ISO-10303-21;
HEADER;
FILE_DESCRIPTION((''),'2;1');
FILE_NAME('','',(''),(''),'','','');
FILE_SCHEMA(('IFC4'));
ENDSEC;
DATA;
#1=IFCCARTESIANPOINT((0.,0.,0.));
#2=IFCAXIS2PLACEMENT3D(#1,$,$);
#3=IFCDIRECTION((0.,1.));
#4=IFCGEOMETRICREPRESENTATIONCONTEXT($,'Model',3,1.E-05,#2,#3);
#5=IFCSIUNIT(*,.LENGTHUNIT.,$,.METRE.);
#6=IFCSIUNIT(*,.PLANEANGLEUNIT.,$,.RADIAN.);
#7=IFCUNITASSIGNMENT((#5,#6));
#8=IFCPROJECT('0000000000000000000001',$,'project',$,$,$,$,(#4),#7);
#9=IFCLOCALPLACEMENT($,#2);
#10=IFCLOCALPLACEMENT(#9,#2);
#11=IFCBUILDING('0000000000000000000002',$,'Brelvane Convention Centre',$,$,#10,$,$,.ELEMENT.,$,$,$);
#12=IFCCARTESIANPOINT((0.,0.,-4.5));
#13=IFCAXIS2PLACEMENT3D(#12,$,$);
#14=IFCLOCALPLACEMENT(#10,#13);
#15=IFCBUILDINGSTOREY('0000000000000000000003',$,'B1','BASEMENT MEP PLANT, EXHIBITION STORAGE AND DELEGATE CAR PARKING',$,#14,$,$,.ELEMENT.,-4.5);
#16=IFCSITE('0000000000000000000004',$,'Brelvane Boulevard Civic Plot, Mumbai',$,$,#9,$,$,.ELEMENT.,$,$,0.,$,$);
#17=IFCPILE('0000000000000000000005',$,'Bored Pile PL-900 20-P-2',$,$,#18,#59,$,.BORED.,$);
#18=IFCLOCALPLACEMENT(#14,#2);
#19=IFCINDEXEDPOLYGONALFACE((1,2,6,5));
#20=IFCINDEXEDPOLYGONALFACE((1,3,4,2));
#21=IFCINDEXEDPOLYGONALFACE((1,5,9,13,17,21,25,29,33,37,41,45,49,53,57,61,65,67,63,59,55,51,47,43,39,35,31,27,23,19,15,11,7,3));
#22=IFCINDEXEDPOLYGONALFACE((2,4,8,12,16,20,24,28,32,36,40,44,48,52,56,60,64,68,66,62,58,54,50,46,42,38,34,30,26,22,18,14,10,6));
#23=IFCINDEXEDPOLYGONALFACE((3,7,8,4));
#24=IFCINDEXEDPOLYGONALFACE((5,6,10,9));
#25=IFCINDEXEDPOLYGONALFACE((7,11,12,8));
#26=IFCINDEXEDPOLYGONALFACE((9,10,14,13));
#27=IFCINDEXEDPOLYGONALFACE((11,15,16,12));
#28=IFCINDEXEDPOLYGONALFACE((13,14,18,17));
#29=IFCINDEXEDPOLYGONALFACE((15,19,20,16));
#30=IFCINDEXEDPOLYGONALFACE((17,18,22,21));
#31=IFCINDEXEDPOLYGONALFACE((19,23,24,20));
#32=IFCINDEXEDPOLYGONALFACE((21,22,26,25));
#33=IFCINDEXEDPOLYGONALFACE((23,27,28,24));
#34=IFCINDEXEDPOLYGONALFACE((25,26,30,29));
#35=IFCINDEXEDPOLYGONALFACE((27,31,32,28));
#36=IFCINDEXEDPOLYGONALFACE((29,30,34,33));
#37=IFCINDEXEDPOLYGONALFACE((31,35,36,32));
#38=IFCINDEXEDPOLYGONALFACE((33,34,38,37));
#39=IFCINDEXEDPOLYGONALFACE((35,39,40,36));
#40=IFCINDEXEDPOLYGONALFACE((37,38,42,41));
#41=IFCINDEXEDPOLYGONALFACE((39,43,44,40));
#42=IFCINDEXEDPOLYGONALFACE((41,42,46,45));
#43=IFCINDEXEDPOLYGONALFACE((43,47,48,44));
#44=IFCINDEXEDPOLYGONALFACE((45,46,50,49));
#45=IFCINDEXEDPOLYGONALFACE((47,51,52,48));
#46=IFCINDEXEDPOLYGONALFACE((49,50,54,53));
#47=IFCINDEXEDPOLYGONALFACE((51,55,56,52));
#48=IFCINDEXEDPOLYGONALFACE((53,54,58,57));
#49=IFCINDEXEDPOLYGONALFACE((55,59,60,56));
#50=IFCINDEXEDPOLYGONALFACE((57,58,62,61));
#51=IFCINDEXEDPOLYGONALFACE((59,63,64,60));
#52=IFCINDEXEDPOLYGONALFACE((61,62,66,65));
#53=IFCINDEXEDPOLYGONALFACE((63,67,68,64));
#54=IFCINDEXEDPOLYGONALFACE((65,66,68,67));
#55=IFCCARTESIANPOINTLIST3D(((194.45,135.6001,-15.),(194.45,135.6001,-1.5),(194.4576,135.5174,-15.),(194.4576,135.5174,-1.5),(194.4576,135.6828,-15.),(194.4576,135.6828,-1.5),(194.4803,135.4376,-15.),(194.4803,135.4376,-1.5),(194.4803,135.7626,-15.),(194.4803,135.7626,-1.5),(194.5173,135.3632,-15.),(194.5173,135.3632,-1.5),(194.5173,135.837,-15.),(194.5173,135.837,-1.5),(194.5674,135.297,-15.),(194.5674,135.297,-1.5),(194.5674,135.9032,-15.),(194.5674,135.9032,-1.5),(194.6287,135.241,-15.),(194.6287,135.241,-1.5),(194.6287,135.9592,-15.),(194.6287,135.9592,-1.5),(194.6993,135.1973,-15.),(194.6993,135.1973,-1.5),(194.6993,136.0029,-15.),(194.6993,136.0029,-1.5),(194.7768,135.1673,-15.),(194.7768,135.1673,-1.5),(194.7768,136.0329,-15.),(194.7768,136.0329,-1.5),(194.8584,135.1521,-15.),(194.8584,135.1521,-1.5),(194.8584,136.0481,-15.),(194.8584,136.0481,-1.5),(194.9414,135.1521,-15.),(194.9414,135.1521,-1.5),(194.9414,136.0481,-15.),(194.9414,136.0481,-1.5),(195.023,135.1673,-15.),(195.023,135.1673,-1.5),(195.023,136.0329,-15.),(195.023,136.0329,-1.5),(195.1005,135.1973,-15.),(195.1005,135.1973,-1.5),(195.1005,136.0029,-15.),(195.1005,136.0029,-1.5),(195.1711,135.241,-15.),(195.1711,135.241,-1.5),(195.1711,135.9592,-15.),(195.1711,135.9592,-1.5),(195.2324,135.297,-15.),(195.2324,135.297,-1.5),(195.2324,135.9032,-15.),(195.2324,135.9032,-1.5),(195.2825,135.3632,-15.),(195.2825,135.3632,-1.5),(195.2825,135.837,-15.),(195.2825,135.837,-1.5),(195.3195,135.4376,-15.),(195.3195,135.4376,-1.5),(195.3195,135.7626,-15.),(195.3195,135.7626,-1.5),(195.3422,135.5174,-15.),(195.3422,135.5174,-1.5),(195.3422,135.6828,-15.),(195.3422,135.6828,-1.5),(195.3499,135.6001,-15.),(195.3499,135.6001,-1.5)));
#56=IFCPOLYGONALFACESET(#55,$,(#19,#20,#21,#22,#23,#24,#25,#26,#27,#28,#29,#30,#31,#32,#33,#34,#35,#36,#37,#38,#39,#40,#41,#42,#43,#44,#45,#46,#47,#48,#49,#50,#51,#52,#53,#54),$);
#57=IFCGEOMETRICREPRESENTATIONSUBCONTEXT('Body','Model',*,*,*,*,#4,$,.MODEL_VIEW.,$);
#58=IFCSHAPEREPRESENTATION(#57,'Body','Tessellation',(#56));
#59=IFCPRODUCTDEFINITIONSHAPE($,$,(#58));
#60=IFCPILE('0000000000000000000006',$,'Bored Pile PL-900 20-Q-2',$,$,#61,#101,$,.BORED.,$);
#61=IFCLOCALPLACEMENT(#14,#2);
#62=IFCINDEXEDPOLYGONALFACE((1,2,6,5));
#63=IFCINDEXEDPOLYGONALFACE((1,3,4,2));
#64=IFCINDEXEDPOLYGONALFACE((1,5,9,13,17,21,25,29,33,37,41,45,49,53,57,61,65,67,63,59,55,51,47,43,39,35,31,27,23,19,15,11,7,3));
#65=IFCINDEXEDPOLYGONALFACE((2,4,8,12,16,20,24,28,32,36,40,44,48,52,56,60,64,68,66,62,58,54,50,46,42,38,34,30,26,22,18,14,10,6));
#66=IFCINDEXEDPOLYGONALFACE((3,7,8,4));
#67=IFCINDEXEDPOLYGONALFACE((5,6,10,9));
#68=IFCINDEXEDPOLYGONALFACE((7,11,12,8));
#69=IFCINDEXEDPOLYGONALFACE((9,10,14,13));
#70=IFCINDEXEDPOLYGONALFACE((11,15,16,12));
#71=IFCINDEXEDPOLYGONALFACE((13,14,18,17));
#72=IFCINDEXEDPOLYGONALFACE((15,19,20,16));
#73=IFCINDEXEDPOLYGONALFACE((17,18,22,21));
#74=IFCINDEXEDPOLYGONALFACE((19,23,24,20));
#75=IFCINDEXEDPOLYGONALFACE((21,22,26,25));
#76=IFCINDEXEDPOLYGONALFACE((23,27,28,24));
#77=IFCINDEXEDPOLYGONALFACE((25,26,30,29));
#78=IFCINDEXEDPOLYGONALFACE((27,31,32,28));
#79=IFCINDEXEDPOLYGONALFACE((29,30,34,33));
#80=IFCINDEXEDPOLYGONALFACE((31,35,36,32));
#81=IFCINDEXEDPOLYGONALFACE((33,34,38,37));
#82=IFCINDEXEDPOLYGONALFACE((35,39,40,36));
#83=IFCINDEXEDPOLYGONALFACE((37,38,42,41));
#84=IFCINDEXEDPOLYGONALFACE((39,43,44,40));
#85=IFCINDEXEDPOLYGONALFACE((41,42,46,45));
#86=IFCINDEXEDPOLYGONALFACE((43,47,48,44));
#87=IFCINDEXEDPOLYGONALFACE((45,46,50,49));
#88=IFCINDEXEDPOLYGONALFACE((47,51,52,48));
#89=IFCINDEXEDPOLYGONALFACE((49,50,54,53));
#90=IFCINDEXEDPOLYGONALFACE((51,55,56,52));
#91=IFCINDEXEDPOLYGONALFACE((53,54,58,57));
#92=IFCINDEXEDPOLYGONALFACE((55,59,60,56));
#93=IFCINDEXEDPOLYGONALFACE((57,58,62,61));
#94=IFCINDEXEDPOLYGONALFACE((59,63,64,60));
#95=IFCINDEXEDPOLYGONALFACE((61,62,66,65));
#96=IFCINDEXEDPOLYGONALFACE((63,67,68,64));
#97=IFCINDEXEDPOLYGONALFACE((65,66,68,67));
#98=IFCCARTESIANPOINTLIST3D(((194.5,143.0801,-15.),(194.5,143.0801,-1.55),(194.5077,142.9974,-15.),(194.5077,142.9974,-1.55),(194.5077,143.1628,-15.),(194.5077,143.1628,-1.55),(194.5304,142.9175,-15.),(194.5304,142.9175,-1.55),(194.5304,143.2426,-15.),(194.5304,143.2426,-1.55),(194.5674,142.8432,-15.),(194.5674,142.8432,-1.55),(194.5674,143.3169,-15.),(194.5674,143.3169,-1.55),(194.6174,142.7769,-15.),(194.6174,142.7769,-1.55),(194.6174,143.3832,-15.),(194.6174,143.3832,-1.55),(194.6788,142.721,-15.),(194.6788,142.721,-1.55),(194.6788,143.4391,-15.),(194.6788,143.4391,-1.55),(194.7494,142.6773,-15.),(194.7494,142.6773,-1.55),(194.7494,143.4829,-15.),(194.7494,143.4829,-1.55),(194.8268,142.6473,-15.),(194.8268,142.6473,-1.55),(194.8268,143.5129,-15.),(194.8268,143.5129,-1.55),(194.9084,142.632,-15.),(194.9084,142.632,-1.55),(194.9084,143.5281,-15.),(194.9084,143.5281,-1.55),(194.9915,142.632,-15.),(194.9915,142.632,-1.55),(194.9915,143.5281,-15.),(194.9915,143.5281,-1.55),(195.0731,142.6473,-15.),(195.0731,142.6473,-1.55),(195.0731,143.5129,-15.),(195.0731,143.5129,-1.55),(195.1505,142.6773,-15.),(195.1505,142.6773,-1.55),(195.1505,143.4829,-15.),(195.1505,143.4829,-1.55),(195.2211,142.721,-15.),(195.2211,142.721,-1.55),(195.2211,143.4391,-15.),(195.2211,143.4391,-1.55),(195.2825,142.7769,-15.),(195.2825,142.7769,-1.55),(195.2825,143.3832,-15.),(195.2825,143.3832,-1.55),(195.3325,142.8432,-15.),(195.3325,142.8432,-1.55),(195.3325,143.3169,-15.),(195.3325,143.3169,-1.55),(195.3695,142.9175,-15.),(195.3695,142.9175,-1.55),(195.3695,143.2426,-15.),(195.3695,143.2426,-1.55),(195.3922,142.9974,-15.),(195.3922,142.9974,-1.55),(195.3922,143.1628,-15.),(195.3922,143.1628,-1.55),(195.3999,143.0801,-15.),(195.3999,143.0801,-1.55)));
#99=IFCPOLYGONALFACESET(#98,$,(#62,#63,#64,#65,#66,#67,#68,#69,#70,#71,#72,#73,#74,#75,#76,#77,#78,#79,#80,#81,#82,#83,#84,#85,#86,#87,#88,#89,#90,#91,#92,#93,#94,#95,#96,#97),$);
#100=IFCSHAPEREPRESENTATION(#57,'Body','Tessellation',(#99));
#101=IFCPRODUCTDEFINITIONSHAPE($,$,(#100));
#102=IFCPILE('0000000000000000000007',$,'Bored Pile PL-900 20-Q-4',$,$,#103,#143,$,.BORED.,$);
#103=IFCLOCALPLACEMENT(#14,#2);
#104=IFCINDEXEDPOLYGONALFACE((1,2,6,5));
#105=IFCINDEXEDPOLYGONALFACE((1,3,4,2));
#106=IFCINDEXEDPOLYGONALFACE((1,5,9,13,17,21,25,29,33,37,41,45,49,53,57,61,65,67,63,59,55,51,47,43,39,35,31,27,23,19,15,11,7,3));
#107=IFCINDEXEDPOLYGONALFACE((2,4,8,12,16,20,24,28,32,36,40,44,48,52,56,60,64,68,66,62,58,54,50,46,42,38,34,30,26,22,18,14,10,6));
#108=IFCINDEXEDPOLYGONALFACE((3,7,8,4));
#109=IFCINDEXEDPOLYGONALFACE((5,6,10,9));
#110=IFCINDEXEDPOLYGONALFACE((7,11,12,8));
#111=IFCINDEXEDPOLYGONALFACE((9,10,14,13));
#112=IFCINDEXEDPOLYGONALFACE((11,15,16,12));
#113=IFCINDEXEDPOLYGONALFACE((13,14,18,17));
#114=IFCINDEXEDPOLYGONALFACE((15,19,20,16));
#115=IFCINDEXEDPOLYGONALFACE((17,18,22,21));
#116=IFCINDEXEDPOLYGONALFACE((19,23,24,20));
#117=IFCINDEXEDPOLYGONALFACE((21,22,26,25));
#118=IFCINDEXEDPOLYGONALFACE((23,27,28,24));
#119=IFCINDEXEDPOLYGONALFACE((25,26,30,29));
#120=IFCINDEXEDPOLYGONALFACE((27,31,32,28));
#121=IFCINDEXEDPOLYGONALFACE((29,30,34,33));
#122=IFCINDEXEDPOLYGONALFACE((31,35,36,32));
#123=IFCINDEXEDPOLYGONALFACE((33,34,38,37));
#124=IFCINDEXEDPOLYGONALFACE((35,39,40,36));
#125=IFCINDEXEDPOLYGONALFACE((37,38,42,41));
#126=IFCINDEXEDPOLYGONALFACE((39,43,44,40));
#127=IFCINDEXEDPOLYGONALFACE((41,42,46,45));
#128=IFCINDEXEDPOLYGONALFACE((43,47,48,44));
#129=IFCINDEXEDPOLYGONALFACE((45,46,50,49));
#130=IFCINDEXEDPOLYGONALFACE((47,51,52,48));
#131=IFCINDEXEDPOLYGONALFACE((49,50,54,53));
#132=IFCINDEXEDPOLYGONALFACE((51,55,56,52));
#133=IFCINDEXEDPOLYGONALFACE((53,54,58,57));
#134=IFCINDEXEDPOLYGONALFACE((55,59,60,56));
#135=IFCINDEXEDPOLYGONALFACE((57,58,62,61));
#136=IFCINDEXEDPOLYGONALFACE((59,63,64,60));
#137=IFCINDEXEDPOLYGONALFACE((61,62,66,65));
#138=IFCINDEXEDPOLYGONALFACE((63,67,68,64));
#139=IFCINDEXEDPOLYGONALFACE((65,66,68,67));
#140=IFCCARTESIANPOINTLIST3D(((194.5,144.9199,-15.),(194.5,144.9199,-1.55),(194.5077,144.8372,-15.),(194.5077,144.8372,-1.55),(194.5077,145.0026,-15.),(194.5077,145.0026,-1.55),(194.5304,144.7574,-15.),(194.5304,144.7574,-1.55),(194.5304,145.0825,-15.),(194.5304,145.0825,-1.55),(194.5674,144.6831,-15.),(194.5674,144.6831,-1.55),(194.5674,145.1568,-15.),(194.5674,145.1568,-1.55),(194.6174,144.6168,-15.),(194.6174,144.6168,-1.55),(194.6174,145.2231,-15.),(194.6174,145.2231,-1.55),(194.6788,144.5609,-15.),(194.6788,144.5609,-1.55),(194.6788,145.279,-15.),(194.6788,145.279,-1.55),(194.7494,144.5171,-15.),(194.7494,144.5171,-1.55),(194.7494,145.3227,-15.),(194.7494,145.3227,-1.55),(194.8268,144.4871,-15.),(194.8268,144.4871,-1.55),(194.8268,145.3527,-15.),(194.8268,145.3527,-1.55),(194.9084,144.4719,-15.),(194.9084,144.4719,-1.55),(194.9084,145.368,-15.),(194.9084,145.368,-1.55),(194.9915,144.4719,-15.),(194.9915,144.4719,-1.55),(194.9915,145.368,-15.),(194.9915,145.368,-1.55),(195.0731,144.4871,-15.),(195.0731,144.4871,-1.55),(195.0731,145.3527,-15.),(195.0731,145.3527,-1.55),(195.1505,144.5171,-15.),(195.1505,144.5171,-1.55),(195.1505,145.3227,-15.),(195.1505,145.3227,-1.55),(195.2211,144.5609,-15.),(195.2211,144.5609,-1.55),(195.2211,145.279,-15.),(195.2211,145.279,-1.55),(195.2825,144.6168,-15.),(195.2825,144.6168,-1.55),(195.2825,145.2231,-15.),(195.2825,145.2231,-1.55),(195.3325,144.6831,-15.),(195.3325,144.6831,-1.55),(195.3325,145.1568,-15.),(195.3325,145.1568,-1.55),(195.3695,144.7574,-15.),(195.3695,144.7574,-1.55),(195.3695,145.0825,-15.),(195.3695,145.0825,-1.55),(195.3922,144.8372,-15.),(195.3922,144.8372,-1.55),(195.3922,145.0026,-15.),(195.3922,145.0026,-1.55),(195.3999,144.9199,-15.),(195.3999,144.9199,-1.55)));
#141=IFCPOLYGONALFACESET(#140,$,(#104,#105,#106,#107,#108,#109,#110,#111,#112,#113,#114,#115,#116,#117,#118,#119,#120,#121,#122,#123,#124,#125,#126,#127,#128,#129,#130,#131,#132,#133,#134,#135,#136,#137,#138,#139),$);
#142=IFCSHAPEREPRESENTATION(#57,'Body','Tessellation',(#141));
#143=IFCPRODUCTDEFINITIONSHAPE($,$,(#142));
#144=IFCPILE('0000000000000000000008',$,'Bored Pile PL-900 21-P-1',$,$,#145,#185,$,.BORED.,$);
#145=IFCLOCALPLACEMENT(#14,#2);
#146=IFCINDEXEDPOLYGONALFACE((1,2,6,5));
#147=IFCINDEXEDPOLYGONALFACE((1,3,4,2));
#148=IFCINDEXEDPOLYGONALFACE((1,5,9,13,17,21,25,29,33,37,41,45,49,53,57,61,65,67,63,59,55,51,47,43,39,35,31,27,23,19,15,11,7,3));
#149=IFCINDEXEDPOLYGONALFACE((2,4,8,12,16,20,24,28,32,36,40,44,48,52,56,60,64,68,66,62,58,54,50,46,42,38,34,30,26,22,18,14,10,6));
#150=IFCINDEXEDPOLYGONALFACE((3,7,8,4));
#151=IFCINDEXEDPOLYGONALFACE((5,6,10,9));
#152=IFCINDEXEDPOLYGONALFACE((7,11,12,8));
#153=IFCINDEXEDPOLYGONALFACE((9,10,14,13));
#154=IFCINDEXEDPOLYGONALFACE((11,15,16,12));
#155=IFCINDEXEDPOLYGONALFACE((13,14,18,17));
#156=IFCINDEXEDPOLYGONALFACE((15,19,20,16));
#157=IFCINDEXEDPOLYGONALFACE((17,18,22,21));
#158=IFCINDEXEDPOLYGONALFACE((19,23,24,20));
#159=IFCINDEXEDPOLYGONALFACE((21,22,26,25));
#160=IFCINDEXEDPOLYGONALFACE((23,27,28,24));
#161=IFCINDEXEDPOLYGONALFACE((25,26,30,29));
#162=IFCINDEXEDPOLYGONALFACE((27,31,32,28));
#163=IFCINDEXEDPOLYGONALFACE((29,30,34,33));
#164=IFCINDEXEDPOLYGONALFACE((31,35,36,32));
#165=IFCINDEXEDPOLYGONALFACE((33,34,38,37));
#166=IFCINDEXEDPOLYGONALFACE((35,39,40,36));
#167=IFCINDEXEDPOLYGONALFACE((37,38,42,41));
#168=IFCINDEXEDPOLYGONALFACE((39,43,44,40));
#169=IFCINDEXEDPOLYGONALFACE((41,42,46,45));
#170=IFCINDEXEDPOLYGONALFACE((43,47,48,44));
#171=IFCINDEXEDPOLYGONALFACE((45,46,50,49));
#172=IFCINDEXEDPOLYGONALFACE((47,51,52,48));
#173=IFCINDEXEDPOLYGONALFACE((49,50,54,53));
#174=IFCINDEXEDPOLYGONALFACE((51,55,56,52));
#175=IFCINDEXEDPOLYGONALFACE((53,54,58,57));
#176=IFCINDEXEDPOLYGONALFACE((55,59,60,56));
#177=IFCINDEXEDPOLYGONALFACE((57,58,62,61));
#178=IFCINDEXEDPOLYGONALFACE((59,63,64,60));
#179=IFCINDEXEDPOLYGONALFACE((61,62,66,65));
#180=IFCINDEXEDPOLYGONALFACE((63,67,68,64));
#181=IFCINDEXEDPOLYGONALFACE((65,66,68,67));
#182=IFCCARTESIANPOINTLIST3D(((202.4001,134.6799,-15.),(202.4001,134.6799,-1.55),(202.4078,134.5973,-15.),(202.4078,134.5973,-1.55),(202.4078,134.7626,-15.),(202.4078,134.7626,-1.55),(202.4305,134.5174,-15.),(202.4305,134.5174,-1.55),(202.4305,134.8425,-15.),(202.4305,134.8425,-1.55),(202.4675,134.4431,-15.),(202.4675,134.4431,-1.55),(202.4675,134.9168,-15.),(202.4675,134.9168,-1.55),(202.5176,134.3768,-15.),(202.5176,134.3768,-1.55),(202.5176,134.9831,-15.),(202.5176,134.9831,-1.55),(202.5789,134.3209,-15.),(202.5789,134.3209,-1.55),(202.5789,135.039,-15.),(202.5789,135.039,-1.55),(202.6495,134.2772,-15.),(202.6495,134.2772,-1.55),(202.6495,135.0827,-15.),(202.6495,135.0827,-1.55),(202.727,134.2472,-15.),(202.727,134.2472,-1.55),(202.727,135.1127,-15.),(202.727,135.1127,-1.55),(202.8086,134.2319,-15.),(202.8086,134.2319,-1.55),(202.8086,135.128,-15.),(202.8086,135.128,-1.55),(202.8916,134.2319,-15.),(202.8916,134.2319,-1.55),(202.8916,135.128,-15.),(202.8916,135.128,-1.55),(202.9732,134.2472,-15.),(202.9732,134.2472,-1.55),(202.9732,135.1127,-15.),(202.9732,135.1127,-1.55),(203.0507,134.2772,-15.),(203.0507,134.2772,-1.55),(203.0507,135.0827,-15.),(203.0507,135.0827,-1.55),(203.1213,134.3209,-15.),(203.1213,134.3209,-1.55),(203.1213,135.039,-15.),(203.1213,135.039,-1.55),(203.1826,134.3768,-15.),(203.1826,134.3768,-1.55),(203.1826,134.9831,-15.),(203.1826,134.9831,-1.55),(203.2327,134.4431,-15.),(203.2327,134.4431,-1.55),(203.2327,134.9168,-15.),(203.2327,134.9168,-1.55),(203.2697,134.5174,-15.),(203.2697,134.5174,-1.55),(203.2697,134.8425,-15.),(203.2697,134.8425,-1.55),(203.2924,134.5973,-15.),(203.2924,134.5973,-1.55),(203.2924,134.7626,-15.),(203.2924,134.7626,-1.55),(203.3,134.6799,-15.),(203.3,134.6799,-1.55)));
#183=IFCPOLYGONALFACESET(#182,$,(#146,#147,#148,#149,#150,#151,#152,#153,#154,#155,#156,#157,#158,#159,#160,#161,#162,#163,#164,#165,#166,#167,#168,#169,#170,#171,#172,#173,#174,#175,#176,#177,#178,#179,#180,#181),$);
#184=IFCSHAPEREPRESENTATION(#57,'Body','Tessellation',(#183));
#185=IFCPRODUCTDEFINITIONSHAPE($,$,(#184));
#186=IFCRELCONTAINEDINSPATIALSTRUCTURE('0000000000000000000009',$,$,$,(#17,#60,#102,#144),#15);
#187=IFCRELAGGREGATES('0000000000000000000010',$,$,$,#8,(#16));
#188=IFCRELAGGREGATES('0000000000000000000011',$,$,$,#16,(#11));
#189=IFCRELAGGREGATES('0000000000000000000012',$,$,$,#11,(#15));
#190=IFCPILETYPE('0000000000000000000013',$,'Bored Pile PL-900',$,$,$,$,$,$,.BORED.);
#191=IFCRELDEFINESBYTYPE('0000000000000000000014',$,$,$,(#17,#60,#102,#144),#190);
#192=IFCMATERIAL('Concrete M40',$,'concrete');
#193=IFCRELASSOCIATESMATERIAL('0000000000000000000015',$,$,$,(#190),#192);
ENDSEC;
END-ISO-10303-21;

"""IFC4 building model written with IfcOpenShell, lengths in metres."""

from ifc_helpers import new_model, si_unit, direction, frame, origin, origin_2d, place, context, subcontext, project, spatial, circle, extrude, material, material_profile, profile_set, type_object, element, save


model = new_model("IFC4")

# Units and contexts
model_context = context("Model", 3, precision=1e-05, world=origin(), true_north=direction((0.0, 1.0)))
body_context = subcontext(model_context, "Body", "Model", "MODEL_VIEW")
ifc_project = project(units=[si_unit("LENGTHUNIT", "METRE"), si_unit("PLANEANGLEUNIT", "RADIAN")], contexts=[model_context])

# Site, building, storey
site_placement = place(None, origin())
site = spatial("IfcSite", under=ifc_project, at=site_placement, Name="Brelvane Boulevard Civic Plot, Mumbai", CompositionType="ELEMENT", RefElevation=0.0)
building_placement = place(site_placement, origin())
building = spatial("IfcBuilding", under=site, at=building_placement, Name="Brelvane Convention Centre", CompositionType="ELEMENT")
storey_placement = place(building_placement, frame((0.0, 0.0, -4.5)))
storey = spatial("IfcBuildingStorey", under=building, at=storey_placement, Name="B1", Description="BASEMENT MEP PLANT, EXHIBITION STORAGE AND DELEGATE CAR PARKING", CompositionType="ELEMENT", Elevation=-4.5)

# Piles
ifc_material_1 = material(Name="Concrete M40", Category="concrete")
ifc_material_profile_1 = material_profile(ifc_material_1, circle(Radius=0.45, at=origin_2d()), Name="PILE D900")
ifc_profile_set_1 = profile_set([ifc_material_profile_1], Name="Concrete M40")
pile_type = type_object("IfcPileType", Name="Bored Pile PL-900", PredefinedType="BORED", material=ifc_profile_set_1)
pile_placement = place(storey_placement, frame((194.8999, 135.6001, -1.5), z_axis=(0.0, 0.0, -1.0), x_axis=(1.0, 0.0, 0.0)))
element("IfcPile", 1, at=pile_placement, inside=storey, type_object=pile_type, Name="Bored Pile PL-900 20-P-2", PredefinedType="BORED", context=body_context, shape_type="SweptSolid", body=[
    extrude(circle(Radius=0.45, at=origin_2d()), origin(), (0.0, 0.0, 1.0), 13.5),
])
for number, where, z_axis, x_axis, name in (
    (2, (194.95, 143.0801, -1.55), (0.0, 0.0, -1.0), (1.0, 0.0, 0.0), "Bored Pile PL-900 20-Q-2"),
    (3, (194.95, 144.9199, -1.55), (0.0, 0.0, -1.0), (1.0, 0.0, 0.0), "Bored Pile PL-900 20-Q-4"),
    (4, (202.8501, 134.6799, -1.55), (0.0, 0.0, -1.0), (1.0, 0.0, 0.0), "Bored Pile PL-900 21-P-1"),
):
    element("IfcPile", number, at=place(storey_placement, frame(where, z_axis=z_axis, x_axis=x_axis)), inside=storey, type_object=pile_type, Name=name, PredefinedType="BORED", context=body_context, shape_type="SweptSolid", body=[
        extrude(circle(Radius=0.45, at=origin_2d()), origin(), (0.0, 0.0, 1.0), 13.45),
    ])

save(model, "model.ifc")
